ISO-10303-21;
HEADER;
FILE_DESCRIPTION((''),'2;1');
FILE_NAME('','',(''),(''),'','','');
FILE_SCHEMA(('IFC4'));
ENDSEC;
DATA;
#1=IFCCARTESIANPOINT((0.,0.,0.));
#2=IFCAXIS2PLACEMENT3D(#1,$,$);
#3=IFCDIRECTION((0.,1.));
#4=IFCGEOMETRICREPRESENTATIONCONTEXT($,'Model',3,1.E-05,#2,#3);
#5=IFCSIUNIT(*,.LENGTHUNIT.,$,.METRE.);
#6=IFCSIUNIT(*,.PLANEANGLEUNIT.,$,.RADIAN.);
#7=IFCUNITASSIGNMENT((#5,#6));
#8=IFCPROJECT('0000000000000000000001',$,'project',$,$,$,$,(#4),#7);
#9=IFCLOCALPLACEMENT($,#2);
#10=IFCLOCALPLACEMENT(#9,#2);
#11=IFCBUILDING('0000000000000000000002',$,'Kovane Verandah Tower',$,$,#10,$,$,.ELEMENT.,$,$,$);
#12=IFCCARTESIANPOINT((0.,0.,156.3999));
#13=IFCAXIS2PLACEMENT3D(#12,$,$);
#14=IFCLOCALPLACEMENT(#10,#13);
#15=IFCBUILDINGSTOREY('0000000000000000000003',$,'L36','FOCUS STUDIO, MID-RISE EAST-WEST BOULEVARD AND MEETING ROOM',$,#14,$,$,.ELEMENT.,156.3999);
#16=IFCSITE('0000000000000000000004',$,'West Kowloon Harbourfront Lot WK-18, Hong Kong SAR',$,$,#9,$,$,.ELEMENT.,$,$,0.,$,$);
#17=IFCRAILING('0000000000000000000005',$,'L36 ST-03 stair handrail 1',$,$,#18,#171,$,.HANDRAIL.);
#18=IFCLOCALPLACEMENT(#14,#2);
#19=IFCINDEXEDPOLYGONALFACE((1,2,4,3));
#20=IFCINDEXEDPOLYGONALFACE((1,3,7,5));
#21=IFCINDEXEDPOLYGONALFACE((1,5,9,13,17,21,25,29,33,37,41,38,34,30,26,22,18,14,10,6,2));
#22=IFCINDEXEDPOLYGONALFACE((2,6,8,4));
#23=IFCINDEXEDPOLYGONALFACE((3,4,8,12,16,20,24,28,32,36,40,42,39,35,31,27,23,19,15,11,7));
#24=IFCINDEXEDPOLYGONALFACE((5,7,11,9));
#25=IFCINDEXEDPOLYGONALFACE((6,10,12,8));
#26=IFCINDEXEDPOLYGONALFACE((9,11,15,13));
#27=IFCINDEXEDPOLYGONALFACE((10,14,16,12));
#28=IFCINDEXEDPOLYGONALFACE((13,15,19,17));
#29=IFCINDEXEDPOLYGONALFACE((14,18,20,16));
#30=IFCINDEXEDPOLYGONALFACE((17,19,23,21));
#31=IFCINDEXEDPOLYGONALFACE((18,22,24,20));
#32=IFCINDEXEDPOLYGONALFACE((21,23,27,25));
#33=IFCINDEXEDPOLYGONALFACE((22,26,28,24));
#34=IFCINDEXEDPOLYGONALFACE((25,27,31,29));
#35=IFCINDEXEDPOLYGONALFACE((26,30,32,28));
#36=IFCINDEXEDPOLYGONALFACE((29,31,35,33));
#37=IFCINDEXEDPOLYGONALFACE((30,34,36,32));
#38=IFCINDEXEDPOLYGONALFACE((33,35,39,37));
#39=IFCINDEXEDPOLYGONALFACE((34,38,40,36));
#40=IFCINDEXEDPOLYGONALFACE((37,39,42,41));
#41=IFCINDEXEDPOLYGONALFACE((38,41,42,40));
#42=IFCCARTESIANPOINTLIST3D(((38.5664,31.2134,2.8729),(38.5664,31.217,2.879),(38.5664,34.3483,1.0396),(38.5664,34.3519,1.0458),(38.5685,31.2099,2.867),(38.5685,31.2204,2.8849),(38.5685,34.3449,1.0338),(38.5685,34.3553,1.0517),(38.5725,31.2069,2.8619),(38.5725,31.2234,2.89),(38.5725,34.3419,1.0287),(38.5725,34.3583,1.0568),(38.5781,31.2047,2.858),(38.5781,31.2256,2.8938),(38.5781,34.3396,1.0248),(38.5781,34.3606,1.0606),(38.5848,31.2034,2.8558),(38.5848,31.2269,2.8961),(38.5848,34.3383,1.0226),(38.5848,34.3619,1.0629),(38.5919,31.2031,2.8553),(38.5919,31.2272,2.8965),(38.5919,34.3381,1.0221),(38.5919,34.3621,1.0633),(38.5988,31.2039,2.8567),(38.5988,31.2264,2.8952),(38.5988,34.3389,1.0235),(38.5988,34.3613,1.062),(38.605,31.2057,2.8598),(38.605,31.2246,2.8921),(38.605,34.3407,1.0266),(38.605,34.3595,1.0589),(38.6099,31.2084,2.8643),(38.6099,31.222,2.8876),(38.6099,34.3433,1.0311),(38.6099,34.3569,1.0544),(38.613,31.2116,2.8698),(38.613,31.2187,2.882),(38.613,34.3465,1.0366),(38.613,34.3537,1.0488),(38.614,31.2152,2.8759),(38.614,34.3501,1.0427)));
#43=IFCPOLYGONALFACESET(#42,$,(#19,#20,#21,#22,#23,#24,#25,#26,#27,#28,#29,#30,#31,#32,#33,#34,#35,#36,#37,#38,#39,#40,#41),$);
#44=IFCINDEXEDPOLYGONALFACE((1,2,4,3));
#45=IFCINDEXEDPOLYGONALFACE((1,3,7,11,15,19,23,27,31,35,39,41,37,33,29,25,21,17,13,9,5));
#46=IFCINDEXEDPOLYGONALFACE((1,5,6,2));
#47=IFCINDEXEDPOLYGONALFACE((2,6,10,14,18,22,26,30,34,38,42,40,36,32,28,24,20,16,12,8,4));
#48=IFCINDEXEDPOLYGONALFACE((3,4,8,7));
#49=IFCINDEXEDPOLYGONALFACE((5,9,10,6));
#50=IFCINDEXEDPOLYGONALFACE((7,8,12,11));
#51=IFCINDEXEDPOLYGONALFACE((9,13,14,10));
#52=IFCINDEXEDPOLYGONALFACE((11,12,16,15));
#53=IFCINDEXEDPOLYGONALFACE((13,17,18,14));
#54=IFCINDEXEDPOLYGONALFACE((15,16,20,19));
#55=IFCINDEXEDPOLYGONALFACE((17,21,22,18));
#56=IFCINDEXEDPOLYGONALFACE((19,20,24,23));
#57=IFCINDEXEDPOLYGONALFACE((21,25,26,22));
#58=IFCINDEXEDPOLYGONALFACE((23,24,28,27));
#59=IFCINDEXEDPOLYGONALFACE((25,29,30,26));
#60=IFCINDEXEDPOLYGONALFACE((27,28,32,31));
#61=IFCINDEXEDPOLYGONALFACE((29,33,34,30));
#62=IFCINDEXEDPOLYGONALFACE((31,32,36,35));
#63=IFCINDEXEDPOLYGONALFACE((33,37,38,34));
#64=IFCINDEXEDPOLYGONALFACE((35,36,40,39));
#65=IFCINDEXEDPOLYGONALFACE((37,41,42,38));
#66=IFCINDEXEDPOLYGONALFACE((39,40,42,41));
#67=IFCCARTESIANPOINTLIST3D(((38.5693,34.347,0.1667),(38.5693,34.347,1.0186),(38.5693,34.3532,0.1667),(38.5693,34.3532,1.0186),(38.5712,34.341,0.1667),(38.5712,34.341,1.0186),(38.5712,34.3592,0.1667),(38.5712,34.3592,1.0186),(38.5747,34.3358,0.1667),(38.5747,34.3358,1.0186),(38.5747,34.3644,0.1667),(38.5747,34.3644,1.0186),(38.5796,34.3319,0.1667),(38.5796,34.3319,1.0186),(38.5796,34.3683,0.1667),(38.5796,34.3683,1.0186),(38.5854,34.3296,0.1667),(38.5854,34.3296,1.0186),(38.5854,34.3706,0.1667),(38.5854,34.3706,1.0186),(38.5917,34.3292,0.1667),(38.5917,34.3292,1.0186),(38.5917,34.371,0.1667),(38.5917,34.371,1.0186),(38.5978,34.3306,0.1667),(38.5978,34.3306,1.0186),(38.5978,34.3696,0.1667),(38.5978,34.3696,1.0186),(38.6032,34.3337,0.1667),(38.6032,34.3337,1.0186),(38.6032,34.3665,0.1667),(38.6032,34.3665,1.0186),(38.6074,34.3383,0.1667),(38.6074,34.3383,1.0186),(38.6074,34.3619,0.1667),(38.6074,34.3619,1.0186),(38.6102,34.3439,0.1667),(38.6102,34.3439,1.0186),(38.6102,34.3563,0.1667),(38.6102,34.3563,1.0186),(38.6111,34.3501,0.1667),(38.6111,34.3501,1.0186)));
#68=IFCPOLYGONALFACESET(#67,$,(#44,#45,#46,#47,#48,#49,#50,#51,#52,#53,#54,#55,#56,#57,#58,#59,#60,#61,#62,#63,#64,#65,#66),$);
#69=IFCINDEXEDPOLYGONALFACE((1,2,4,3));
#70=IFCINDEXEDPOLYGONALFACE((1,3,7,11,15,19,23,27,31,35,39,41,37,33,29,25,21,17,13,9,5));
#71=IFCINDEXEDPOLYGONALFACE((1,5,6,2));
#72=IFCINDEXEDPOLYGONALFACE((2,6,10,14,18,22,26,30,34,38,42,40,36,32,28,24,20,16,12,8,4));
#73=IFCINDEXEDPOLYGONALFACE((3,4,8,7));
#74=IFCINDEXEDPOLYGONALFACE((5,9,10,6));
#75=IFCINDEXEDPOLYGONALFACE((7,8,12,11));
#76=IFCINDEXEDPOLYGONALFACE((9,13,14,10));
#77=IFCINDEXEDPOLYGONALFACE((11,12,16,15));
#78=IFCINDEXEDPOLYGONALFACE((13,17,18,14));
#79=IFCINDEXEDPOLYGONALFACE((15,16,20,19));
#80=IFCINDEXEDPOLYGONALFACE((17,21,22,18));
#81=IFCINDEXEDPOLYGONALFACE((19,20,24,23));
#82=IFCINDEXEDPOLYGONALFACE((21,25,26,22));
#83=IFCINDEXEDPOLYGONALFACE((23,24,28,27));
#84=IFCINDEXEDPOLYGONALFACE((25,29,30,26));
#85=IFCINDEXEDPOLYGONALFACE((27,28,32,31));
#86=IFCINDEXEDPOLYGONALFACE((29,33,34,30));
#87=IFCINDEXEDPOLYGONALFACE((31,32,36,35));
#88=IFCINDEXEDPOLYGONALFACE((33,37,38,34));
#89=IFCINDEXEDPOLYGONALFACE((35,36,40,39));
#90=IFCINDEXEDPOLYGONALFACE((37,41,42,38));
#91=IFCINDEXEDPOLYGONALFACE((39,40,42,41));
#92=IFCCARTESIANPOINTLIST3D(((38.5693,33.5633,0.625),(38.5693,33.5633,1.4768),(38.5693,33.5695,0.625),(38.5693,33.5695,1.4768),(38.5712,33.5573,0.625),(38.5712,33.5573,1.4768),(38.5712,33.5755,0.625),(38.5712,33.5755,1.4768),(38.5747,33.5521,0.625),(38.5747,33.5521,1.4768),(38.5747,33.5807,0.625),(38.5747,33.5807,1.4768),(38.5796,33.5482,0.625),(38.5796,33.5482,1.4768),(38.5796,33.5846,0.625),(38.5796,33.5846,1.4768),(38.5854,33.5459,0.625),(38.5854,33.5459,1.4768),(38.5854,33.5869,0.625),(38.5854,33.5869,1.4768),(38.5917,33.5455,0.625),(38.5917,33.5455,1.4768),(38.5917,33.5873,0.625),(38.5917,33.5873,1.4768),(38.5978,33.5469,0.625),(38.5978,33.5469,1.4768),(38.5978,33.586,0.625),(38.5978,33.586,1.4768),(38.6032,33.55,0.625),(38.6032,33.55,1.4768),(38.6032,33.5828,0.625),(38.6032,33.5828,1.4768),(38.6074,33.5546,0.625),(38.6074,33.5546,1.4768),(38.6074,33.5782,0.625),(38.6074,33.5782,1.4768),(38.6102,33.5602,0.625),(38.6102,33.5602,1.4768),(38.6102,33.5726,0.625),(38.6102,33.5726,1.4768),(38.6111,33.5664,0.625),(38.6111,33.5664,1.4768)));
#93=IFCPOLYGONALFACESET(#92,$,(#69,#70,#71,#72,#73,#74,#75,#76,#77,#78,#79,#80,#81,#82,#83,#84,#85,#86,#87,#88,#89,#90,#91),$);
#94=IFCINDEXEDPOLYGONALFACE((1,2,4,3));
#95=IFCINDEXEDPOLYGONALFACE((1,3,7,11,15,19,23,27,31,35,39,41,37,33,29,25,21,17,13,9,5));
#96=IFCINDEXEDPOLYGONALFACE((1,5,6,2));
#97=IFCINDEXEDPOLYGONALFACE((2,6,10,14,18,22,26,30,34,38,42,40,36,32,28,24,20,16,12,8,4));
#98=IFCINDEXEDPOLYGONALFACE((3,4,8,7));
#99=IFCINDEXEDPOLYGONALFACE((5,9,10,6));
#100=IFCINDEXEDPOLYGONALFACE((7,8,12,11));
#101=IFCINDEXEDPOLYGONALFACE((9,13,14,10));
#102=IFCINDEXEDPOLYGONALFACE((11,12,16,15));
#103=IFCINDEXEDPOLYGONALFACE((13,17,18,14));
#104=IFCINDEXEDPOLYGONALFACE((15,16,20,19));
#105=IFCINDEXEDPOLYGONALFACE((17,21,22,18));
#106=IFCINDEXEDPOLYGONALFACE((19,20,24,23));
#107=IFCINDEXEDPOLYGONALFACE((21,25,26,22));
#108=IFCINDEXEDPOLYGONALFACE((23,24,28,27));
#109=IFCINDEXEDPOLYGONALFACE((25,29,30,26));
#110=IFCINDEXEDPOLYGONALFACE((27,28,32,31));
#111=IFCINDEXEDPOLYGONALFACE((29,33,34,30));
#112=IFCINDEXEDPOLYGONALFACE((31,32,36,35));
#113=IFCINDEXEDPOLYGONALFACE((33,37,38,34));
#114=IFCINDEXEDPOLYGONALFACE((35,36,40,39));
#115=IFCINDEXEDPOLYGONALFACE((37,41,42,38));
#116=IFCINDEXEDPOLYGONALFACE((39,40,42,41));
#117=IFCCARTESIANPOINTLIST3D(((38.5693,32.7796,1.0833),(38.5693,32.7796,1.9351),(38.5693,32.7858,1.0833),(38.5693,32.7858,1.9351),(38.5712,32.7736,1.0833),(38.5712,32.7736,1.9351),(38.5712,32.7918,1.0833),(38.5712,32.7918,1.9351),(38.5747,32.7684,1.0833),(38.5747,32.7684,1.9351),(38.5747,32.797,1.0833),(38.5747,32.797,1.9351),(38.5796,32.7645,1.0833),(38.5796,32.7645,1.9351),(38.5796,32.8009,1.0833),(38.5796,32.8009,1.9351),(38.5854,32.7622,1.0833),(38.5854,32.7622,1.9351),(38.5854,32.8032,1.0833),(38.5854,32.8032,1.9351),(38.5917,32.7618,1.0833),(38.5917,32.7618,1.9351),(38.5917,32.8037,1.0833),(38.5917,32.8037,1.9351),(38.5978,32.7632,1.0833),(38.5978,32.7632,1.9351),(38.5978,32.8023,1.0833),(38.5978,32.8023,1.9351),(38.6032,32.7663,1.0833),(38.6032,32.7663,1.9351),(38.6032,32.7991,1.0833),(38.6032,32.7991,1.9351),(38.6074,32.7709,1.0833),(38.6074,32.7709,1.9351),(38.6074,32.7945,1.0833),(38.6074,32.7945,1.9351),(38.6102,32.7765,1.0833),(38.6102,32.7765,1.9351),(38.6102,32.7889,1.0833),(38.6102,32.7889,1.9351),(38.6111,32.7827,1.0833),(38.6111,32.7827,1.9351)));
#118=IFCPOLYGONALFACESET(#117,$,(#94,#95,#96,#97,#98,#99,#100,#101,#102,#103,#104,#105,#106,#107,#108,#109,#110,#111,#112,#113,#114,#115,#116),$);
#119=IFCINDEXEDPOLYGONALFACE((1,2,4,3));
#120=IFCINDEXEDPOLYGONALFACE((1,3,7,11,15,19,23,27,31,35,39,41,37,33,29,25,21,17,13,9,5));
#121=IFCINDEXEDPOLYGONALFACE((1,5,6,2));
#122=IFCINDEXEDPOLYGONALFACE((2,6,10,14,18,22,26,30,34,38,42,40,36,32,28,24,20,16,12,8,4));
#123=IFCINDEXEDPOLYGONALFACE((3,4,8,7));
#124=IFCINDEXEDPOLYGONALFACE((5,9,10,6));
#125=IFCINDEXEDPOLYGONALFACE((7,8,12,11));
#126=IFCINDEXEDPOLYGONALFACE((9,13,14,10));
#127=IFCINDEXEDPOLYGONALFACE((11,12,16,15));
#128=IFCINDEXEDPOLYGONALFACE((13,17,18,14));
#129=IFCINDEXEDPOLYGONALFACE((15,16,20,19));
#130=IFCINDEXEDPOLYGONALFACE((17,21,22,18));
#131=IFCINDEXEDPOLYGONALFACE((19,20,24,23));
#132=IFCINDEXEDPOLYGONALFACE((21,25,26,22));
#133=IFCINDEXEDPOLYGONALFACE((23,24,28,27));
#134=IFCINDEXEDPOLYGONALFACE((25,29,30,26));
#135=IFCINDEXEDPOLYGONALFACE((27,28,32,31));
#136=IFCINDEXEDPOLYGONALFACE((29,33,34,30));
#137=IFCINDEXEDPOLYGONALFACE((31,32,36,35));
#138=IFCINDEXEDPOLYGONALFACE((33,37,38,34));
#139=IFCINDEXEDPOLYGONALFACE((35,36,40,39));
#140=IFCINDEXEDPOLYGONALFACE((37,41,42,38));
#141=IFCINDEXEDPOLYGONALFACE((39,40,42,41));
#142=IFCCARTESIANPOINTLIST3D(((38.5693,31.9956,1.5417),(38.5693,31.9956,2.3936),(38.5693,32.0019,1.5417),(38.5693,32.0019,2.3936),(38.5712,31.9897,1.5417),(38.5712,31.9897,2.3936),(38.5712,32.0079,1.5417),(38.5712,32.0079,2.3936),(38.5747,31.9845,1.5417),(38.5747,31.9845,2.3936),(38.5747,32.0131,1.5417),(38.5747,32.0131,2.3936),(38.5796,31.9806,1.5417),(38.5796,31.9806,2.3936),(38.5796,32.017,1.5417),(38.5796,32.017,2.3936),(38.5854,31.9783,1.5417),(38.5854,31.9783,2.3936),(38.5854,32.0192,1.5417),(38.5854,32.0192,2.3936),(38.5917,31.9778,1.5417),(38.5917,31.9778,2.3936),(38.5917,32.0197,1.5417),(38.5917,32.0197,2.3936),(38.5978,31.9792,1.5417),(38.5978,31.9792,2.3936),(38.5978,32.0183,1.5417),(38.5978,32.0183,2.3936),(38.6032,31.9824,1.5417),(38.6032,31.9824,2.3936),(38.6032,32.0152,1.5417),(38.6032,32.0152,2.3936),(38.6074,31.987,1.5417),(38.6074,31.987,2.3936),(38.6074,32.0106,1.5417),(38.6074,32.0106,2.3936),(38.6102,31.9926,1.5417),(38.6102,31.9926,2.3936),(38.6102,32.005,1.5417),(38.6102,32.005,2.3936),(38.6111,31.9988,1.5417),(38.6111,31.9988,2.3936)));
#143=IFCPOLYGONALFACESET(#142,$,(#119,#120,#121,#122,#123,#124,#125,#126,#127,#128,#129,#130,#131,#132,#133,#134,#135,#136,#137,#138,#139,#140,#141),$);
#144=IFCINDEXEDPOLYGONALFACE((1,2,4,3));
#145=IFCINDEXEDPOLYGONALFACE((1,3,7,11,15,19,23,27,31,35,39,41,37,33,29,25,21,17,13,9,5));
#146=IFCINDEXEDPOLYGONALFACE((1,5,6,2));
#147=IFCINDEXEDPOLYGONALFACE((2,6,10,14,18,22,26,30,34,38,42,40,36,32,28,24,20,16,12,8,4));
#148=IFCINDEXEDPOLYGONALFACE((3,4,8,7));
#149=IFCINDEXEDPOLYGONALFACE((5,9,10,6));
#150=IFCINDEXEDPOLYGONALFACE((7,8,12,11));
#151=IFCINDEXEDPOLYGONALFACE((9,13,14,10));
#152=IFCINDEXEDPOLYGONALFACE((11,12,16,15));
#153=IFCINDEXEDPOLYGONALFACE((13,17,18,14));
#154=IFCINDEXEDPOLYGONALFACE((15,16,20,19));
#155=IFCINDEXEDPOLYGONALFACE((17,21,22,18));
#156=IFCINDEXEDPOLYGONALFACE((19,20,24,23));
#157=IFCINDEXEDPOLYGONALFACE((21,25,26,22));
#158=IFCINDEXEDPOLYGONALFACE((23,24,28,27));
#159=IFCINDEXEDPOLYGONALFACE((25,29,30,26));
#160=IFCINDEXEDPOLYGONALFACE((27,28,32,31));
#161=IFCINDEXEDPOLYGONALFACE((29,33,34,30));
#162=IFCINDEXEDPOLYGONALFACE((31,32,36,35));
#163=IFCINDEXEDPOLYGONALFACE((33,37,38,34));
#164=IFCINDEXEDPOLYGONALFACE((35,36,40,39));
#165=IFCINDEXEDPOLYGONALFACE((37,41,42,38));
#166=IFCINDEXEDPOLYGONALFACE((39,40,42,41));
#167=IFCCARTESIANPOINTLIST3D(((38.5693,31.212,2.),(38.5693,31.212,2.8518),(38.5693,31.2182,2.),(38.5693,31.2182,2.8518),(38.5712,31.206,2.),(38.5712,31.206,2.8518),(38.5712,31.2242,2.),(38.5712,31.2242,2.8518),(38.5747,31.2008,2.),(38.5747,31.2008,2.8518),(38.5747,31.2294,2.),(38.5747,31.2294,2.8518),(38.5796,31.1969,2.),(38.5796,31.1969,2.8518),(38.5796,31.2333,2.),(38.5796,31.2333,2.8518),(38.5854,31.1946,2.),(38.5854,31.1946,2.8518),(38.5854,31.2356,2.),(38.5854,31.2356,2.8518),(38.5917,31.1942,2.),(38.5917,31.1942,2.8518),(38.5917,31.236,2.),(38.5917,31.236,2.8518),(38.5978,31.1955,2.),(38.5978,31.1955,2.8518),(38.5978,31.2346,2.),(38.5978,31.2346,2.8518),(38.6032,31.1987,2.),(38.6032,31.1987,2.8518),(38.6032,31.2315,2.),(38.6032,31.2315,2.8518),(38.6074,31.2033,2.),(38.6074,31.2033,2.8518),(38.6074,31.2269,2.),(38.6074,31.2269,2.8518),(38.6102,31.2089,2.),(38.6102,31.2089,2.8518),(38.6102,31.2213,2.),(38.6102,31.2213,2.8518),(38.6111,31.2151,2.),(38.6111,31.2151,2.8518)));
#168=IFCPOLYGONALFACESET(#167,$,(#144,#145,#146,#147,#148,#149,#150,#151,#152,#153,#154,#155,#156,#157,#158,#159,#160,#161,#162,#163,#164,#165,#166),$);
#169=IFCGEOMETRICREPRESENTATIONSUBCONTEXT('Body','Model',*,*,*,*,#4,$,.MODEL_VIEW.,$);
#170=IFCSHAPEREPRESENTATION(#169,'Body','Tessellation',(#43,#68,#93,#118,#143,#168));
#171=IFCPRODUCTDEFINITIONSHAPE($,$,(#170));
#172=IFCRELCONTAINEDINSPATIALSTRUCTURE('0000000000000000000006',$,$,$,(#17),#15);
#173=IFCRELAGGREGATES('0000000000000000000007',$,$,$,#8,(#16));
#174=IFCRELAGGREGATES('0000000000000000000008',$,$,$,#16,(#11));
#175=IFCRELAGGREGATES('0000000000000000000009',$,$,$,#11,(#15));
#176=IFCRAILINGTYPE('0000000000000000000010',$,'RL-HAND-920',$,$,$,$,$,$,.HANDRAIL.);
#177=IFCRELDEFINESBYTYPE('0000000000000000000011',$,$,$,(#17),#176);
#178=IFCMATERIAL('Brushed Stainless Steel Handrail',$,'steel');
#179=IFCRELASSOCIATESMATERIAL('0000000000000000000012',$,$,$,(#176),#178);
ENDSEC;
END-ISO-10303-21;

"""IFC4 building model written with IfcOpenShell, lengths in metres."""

from ifc_helpers import new_model, si_unit, direction, frame, origin, origin_2d, place, context, subcontext, project, spatial, circle, extrude, material, type_object, element, save


model = new_model("IFC4")

# Units and contexts
model_context = context("Model", 3, precision=1e-05, world=origin(), true_north=direction((0.0, 1.0)))
body_context = subcontext(model_context, "Body", "Model", "MODEL_VIEW")
ifc_project = project(units=[si_unit("LENGTHUNIT", "METRE"), si_unit("PLANEANGLEUNIT", "RADIAN")], contexts=[model_context])

# Site, building, storey
site_placement = place(None, origin())
site = spatial("IfcSite", under=ifc_project, at=site_placement, Name="West Kowloon Harbourfront Lot WK-18, Hong Kong SAR", CompositionType="ELEMENT", RefElevation=0.0)
building_placement = place(site_placement, origin())
building = spatial("IfcBuilding", under=site, at=building_placement, Name="Kovane Verandah Tower", CompositionType="ELEMENT")
storey_placement = place(building_placement, frame((0.0, 0.0, 156.3999)))
storey = spatial("IfcBuildingStorey", under=building, at=storey_placement, Name="L36", Description="FOCUS STUDIO, MID-RISE EAST-WEST BOULEVARD AND MEETING ROOM", CompositionType="ELEMENT", Elevation=156.3999)

# Railing
ifc_material_1 = material(Name="Brushed Stainless Steel Handrail", Category="steel")
railing_type_1 = type_object("IfcRailingType", Name="RL-HAND-920", PredefinedType="HANDRAIL", material=ifc_material_1)
railing_1_placement = place(storey_placement, frame((38.5901, 34.3501, 0.1667)))
element("IfcRailing", 1, at=railing_1_placement, inside=storey, type_object=railing_type_1, Name="L36 ST-03 stair handrail 1", PredefinedType="HANDRAIL", context=body_context, shape_type="SweptSolid", body=[
    extrude(circle(Radius=0.0239, at=origin_2d()), frame((0.0, 0.0, 0.876), z_axis=(0.0, -0.86324, 0.504794), x_axis=(1.0, 0.0, 0.0)), (0.0, 0.0, 1.0), 3.6316),
    extrude(circle(Radius=0.021, at=origin_2d()), origin(), (0.0, 0.0, 1.0), 0.8518),
    extrude(circle(Radius=0.021, at=origin_2d()), frame((0.0, -0.7837, 0.4583)), (0.0, 0.0, 1.0), 0.8518),
    extrude(circle(Radius=0.021, at=origin_2d()), frame((0.0, -1.5674, 0.9165)), (0.0, 0.0, 1.0), 0.8518),
    extrude(circle(Radius=0.021, at=origin_2d()), frame((0.0, -2.3513, 1.375)), (0.0, 0.0, 1.0), 0.8518),
    extrude(circle(Radius=0.021, at=origin_2d()), frame((0.0, -3.135, 1.8333)), (0.0, 0.0, 1.0), 0.8518),
])

save(model, "model.ifc")
